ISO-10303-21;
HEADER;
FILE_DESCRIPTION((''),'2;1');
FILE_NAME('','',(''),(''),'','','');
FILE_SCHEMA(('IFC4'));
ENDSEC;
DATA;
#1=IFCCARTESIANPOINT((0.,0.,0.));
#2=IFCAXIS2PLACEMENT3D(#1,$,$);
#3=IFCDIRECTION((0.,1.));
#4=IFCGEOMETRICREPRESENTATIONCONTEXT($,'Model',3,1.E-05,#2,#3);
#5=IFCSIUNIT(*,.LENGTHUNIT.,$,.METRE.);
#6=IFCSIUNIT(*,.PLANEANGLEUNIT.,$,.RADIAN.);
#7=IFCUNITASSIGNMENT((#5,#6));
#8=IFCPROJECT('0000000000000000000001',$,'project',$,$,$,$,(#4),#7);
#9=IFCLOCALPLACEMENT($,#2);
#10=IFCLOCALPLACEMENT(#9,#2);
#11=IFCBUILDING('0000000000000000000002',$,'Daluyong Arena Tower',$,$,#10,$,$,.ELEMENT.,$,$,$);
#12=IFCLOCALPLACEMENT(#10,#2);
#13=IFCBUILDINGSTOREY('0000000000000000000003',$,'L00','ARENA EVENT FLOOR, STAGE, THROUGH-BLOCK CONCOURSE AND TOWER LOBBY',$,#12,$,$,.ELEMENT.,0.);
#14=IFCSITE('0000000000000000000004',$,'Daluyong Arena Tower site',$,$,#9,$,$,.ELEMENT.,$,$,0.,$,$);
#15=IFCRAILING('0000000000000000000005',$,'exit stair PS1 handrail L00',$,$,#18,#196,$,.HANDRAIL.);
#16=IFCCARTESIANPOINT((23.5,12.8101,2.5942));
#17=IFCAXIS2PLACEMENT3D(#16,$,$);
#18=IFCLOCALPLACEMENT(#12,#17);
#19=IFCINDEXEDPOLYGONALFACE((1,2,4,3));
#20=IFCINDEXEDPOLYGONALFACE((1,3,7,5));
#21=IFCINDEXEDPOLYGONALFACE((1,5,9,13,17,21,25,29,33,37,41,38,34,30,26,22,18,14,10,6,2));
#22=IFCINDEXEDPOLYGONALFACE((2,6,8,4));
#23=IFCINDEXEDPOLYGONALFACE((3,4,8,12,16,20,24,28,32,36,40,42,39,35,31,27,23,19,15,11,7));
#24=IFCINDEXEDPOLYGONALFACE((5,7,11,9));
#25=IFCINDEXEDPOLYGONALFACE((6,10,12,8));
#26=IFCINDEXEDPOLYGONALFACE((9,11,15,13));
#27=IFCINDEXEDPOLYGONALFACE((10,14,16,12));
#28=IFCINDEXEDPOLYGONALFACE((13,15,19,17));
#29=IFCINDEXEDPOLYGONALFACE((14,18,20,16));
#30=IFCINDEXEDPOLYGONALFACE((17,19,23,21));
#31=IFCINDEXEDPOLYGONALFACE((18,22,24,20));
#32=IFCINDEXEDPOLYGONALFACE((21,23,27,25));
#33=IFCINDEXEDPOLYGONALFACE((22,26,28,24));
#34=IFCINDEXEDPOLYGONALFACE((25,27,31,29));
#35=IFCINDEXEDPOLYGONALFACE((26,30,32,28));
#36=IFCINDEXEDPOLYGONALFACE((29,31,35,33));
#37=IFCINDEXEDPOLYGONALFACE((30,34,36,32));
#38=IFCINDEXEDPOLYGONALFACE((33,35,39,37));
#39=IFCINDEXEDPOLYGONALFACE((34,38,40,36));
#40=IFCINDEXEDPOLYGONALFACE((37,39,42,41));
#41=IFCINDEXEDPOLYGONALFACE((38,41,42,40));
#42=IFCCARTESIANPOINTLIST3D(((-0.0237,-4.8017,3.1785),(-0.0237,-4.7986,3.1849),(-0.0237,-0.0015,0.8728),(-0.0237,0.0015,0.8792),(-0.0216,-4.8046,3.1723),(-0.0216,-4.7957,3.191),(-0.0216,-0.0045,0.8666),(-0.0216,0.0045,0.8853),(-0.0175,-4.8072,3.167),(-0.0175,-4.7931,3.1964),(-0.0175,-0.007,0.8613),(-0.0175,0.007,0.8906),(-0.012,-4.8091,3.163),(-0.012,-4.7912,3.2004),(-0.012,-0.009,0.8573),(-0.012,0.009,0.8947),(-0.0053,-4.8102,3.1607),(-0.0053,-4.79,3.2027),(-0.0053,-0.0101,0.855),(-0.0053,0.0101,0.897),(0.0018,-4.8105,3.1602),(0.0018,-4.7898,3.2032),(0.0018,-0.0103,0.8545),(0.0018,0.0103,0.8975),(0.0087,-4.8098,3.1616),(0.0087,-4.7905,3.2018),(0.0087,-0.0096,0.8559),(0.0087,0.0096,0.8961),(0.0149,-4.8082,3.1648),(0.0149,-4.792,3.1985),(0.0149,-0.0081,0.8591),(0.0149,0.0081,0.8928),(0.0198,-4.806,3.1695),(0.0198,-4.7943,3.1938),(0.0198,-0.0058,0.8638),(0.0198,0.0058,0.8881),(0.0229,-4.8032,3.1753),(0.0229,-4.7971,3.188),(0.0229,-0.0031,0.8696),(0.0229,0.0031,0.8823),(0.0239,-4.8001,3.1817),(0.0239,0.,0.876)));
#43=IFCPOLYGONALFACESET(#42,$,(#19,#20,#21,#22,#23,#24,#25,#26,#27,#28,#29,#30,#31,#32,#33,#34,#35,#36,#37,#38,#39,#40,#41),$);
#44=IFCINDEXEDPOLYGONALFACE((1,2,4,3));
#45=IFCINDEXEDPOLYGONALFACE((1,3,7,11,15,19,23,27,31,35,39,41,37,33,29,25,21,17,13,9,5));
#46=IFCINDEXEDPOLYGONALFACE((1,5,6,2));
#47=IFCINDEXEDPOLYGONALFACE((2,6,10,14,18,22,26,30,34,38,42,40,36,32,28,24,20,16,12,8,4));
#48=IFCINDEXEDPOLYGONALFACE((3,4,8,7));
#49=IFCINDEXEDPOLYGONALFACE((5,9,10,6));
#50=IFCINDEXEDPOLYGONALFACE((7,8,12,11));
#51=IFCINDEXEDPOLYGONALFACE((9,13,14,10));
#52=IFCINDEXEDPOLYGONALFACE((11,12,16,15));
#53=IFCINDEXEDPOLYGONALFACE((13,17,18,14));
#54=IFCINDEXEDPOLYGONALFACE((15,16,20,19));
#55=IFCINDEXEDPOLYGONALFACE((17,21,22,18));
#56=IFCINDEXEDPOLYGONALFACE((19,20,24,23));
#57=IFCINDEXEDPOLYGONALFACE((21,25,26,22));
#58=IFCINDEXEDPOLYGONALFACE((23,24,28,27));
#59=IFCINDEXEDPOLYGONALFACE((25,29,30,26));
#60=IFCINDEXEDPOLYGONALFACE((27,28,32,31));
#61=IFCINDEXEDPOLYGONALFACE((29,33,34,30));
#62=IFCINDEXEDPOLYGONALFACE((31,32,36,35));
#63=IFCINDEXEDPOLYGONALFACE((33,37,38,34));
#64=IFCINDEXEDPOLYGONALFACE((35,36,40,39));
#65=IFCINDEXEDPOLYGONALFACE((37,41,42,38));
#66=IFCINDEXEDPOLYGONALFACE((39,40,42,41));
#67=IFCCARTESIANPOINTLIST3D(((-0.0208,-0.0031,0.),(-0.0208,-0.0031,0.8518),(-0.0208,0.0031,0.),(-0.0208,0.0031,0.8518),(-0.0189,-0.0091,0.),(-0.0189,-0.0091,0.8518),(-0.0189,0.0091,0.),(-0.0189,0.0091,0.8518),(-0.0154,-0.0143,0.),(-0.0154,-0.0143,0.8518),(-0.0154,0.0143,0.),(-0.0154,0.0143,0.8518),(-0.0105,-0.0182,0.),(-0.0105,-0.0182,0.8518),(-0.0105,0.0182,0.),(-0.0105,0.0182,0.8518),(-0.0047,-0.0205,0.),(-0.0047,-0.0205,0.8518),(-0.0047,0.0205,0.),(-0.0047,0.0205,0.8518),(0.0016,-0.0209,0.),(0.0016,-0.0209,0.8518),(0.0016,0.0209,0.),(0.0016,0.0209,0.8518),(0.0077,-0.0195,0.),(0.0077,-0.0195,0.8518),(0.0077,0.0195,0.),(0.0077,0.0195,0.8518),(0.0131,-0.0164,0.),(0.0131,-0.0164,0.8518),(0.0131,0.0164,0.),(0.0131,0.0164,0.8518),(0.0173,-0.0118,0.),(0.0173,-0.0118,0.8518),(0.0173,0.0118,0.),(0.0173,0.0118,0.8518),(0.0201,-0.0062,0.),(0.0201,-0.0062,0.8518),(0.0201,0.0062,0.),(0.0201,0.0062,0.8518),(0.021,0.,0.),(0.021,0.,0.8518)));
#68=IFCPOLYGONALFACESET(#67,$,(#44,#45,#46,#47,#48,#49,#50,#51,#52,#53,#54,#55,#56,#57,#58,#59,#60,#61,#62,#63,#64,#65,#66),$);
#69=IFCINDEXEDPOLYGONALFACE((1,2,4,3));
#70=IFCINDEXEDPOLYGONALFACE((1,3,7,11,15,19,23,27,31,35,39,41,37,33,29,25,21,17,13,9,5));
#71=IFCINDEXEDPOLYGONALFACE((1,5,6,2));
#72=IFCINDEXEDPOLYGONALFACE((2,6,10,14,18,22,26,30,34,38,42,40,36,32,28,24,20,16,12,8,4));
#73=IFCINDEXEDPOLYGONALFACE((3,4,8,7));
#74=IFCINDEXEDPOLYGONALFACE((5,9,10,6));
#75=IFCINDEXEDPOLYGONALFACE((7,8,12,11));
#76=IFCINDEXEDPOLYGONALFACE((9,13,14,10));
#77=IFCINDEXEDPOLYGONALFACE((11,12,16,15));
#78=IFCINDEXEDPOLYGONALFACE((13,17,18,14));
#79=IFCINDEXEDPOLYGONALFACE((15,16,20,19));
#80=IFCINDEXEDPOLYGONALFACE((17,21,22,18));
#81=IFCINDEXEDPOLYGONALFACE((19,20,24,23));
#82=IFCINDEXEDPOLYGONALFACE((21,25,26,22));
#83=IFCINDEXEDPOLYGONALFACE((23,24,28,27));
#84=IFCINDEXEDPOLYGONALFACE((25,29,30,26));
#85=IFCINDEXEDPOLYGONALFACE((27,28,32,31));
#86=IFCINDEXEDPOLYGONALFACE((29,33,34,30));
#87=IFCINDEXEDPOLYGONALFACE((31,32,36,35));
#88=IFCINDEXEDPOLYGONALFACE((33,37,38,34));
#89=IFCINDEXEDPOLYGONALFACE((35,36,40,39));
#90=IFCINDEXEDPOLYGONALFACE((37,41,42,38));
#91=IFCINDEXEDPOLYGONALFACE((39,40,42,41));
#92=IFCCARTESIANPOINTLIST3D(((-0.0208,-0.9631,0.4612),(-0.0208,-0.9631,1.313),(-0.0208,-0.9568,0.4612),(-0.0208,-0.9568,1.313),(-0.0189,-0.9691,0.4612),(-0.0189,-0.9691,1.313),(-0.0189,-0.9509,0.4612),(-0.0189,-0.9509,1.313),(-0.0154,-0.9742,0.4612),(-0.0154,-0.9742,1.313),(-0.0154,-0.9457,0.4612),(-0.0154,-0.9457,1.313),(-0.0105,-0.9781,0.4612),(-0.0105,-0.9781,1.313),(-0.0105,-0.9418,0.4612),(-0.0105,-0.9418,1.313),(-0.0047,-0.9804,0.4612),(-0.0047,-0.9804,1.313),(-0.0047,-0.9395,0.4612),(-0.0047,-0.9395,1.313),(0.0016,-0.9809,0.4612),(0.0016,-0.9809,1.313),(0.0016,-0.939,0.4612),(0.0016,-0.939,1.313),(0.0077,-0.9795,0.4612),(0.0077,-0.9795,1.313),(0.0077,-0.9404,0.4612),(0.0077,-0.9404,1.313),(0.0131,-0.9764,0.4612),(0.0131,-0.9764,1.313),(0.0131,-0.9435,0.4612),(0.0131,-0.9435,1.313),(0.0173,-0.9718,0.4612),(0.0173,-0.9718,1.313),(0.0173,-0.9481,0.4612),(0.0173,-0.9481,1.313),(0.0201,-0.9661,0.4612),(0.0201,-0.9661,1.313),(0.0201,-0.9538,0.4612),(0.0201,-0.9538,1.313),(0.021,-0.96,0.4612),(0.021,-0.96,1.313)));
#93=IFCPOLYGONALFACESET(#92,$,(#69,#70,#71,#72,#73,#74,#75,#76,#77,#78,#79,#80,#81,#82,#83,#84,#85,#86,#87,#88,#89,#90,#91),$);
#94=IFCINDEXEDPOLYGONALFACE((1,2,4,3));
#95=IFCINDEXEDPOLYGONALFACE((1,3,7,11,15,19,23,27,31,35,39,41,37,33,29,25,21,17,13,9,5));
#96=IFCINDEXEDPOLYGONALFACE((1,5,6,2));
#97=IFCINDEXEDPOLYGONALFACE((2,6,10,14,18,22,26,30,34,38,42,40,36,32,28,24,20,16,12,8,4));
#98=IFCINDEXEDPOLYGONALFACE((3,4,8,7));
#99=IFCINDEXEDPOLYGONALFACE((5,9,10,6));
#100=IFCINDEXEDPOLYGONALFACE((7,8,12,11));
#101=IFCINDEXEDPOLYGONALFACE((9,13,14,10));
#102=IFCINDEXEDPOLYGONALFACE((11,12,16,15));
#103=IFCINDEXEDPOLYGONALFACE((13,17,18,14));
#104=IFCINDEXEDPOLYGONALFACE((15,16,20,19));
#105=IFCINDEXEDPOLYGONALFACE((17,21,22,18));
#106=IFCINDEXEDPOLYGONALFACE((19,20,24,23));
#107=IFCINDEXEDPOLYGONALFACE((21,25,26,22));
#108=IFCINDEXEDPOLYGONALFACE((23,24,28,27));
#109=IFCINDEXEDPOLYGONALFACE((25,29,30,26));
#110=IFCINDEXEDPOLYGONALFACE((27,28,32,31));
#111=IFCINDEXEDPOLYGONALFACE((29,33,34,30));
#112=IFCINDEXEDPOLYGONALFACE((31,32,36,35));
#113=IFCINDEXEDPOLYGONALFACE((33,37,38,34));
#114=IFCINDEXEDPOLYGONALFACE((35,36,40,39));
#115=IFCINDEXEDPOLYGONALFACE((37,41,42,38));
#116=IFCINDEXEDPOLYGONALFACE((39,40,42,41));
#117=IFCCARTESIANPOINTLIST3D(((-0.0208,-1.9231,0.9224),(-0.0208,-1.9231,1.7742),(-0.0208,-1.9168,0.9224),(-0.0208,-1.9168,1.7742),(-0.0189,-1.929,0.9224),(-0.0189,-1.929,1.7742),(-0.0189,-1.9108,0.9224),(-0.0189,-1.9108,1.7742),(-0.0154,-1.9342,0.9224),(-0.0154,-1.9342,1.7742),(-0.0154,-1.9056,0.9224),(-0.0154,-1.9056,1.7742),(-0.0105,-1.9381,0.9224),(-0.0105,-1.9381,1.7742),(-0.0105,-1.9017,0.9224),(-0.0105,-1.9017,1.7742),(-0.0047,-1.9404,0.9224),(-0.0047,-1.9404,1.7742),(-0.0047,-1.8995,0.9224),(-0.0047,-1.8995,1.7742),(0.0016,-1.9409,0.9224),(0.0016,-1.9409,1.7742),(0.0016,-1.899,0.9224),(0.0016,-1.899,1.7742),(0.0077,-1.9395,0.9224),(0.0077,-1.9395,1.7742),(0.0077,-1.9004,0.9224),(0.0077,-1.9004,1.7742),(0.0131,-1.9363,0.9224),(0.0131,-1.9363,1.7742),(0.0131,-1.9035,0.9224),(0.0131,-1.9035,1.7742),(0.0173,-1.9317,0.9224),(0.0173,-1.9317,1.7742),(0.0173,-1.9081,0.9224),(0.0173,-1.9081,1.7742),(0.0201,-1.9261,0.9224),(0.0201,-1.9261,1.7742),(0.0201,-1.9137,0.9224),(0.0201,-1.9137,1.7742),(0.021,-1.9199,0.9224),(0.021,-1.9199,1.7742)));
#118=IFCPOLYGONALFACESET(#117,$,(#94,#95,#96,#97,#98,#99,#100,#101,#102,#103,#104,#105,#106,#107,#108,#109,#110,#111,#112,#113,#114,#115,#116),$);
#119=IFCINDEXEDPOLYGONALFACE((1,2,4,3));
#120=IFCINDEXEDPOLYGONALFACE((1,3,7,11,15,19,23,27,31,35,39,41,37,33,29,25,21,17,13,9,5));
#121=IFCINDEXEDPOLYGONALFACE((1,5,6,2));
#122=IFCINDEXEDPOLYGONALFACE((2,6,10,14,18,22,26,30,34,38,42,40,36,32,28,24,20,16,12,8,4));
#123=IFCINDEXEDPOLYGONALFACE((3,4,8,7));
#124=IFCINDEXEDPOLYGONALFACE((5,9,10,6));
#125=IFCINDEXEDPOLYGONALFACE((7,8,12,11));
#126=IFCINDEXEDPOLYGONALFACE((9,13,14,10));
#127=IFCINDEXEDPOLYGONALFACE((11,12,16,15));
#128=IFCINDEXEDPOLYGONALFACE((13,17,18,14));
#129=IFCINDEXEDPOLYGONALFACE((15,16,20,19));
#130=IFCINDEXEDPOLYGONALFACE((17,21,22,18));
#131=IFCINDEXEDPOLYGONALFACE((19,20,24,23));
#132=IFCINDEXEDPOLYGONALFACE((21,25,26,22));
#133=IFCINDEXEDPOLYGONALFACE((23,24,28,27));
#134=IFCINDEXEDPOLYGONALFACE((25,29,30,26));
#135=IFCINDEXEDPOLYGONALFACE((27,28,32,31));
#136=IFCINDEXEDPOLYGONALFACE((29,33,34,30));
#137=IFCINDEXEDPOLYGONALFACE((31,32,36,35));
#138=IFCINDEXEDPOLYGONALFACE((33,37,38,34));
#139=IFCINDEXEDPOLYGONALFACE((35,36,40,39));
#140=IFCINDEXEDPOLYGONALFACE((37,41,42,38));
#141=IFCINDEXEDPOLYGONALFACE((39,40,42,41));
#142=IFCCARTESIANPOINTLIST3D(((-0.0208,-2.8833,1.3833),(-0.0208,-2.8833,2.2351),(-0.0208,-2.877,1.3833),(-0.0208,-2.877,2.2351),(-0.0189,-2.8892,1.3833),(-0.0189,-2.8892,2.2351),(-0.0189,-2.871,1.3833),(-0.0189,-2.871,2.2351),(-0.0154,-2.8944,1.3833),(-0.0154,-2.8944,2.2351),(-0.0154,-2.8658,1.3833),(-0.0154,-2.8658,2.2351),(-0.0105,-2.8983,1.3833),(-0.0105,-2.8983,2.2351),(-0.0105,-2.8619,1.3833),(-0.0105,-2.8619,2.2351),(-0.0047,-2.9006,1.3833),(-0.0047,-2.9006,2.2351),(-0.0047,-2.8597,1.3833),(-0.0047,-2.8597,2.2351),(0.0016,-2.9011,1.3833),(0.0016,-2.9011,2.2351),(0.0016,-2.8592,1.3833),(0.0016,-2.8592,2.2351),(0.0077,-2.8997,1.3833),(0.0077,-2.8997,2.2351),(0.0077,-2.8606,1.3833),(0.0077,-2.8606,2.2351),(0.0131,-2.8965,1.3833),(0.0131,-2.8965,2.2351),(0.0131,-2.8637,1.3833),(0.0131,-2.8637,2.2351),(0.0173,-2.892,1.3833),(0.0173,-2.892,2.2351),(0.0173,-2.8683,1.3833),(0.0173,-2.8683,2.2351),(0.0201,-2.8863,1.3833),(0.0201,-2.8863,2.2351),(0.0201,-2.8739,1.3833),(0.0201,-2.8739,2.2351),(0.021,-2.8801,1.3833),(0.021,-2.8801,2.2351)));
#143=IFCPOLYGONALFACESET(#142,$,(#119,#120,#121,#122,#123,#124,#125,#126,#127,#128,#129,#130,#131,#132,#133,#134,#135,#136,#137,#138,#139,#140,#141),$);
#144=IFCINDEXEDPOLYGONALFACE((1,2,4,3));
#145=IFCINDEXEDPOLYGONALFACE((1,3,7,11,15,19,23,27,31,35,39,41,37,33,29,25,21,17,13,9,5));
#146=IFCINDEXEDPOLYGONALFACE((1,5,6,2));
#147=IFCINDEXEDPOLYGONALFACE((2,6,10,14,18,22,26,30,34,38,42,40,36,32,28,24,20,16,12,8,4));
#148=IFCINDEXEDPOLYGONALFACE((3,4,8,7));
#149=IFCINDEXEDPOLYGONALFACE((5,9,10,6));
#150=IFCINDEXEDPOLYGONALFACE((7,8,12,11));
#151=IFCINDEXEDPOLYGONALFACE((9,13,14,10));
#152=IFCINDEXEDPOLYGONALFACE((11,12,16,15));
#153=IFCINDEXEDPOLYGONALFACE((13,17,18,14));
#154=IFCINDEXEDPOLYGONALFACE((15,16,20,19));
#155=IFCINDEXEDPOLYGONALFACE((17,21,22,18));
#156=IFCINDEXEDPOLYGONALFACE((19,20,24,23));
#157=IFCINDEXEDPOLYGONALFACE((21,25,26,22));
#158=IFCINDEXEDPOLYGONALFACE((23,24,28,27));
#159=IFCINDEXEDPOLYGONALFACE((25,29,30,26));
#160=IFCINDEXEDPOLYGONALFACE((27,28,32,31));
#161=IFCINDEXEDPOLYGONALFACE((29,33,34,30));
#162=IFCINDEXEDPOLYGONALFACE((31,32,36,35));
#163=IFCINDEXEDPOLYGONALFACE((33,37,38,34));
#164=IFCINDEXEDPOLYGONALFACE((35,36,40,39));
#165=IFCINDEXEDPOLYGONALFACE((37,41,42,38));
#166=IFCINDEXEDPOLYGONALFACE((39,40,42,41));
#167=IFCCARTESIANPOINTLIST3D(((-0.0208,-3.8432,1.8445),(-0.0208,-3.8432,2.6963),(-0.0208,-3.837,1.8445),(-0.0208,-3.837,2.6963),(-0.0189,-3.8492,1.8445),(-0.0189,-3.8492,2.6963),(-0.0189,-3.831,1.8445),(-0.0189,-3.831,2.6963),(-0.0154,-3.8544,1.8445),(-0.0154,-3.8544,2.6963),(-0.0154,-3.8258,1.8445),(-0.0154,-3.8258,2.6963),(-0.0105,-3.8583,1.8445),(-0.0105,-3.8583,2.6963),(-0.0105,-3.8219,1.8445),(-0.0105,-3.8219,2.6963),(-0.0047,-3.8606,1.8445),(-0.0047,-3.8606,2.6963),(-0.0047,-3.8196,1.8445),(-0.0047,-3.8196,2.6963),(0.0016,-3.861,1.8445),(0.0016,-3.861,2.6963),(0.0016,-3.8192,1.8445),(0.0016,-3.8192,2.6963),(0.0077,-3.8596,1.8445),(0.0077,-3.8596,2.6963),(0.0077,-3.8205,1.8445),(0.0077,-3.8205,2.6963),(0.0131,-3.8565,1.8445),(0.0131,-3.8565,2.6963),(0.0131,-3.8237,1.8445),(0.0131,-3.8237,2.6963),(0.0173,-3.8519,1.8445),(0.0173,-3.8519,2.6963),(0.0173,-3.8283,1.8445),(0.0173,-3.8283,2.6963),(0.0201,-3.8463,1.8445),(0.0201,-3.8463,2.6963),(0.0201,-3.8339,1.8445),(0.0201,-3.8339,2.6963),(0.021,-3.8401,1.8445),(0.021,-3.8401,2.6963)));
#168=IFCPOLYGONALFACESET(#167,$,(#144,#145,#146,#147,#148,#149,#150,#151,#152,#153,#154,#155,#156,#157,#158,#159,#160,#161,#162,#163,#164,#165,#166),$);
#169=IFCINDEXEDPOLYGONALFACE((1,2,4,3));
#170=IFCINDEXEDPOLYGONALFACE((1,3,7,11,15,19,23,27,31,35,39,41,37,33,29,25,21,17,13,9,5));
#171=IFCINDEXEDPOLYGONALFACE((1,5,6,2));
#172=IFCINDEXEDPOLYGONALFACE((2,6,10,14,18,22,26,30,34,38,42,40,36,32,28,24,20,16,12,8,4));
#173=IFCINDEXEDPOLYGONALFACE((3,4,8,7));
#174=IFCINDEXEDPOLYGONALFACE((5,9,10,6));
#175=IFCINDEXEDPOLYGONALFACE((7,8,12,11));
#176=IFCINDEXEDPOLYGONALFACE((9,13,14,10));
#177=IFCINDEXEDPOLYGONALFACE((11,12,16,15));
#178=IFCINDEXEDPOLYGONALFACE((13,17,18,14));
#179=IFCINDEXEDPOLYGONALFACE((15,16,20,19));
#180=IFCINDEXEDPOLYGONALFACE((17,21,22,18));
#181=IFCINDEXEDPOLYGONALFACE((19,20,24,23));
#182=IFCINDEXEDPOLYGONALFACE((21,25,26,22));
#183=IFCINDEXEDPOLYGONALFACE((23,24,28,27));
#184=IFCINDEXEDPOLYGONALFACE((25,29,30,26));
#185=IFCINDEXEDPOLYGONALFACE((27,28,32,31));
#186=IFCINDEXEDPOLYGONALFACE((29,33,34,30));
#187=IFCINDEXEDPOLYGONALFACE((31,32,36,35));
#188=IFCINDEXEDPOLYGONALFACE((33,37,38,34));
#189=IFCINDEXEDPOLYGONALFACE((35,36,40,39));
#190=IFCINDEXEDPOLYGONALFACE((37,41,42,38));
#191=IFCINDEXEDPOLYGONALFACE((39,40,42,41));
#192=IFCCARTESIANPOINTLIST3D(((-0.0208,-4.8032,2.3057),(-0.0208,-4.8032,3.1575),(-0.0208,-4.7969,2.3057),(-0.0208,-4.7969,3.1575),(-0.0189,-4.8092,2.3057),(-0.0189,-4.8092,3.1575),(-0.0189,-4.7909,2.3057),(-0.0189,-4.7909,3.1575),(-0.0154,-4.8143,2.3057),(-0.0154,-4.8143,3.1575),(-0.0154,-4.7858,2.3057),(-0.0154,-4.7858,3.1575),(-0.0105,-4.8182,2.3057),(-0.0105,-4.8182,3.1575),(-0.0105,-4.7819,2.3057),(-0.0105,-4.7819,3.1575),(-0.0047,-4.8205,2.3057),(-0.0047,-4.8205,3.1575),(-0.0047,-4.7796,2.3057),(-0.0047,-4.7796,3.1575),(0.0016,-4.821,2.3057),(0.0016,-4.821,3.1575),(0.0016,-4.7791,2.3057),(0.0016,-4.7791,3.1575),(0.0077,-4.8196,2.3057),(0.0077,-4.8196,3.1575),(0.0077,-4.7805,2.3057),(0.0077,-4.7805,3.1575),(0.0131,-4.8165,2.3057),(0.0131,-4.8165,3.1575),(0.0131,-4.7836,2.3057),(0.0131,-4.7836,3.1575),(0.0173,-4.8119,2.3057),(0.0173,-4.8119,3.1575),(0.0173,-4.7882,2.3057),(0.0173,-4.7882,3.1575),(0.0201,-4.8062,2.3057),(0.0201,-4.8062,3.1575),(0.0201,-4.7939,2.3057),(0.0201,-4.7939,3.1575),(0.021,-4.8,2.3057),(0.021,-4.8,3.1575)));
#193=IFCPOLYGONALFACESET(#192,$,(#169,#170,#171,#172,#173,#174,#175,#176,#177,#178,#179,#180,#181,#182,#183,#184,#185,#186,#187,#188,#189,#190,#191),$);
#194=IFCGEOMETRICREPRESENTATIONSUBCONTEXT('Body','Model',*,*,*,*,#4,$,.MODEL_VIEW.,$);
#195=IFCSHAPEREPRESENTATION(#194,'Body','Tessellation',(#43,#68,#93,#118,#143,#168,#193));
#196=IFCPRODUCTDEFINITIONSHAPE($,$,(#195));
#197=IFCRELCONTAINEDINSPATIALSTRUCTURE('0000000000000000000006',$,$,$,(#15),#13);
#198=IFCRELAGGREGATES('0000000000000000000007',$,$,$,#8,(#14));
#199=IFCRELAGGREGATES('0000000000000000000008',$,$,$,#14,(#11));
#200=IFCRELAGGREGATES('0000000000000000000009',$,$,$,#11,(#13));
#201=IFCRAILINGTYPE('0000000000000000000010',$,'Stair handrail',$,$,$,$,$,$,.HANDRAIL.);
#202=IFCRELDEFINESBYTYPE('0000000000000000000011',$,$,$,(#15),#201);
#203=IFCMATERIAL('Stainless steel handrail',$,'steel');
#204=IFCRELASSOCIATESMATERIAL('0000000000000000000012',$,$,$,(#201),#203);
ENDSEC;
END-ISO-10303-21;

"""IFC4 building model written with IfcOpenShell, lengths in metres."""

from ifc_helpers import new_model, si_unit, direction, frame, origin, origin_2d, place, context, subcontext, project, spatial, circle, extrude, material, type_object, element, save


model = new_model("IFC4")

# Units and contexts
model_context = context("Model", 3, precision=1e-05, world=origin(), true_north=direction((0.0, 1.0)))
body_context = subcontext(model_context, "Body", "Model", "MODEL_VIEW")
ifc_project = project(units=[si_unit("LENGTHUNIT", "METRE"), si_unit("PLANEANGLEUNIT", "RADIAN")], contexts=[model_context])

# Site, building, storey
site_placement = place(None, origin())
site = spatial("IfcSite", under=ifc_project, at=site_placement, Name="Daluyong Arena Tower site", CompositionType="ELEMENT", RefElevation=0.0)
building_placement = place(site_placement, origin())
building = spatial("IfcBuilding", under=site, at=building_placement, Name="Daluyong Arena Tower", CompositionType="ELEMENT")
storey_placement = place(building_placement, origin())
storey = spatial("IfcBuildingStorey", under=building, at=storey_placement, Name="L00", Description="ARENA EVENT FLOOR, STAGE, THROUGH-BLOCK CONCOURSE AND TOWER LOBBY", CompositionType="ELEMENT", Elevation=0.0)

# Railing
ifc_material_1 = material(Name="Stainless steel handrail", Category="steel")
railing_type_1 = type_object("IfcRailingType", Name="Stair handrail", PredefinedType="HANDRAIL", material=ifc_material_1)
railing_1_placement = place(storey_placement, frame((23.5, 12.8101, 2.5942)))
element("IfcRailing", 1, at=railing_1_placement, inside=storey, type_object=railing_type_1, Name="exit stair PS1 handrail L00", PredefinedType="HANDRAIL", context=body_context, shape_type="SweptSolid", body=[
    extrude(circle(Radius=0.0239, at=origin_2d()), frame((0.0, 0.0, 0.876), z_axis=(0.0, -0.901403, 0.432981), x_axis=(1.0, 0.0, 0.0)), (0.0, 0.0, 1.0), 5.3252),
    extrude(circle(Radius=0.021, at=origin_2d()), origin(), (0.0, 0.0, 1.0), 0.8518),
    extrude(circle(Radius=0.021, at=origin_2d()), frame((0.0, -0.96, 0.4612)), (0.0, 0.0, 1.0), 0.8518),
    extrude(circle(Radius=0.021, at=origin_2d()), frame((0.0, -1.9199, 0.9224)), (0.0, 0.0, 1.0), 0.8518),
    extrude(circle(Radius=0.021, at=origin_2d()), frame((0.0, -2.8801, 1.3833)), (0.0, 0.0, 1.0), 0.8518),
    extrude(circle(Radius=0.021, at=origin_2d()), frame((0.0, -3.8401, 1.8445)), (0.0, 0.0, 1.0), 0.8518),
    extrude(circle(Radius=0.021, at=origin_2d()), frame((0.0, -4.8, 2.3057)), (0.0, 0.0, 1.0), 0.8518),
])

save(model, "model.ifc")
